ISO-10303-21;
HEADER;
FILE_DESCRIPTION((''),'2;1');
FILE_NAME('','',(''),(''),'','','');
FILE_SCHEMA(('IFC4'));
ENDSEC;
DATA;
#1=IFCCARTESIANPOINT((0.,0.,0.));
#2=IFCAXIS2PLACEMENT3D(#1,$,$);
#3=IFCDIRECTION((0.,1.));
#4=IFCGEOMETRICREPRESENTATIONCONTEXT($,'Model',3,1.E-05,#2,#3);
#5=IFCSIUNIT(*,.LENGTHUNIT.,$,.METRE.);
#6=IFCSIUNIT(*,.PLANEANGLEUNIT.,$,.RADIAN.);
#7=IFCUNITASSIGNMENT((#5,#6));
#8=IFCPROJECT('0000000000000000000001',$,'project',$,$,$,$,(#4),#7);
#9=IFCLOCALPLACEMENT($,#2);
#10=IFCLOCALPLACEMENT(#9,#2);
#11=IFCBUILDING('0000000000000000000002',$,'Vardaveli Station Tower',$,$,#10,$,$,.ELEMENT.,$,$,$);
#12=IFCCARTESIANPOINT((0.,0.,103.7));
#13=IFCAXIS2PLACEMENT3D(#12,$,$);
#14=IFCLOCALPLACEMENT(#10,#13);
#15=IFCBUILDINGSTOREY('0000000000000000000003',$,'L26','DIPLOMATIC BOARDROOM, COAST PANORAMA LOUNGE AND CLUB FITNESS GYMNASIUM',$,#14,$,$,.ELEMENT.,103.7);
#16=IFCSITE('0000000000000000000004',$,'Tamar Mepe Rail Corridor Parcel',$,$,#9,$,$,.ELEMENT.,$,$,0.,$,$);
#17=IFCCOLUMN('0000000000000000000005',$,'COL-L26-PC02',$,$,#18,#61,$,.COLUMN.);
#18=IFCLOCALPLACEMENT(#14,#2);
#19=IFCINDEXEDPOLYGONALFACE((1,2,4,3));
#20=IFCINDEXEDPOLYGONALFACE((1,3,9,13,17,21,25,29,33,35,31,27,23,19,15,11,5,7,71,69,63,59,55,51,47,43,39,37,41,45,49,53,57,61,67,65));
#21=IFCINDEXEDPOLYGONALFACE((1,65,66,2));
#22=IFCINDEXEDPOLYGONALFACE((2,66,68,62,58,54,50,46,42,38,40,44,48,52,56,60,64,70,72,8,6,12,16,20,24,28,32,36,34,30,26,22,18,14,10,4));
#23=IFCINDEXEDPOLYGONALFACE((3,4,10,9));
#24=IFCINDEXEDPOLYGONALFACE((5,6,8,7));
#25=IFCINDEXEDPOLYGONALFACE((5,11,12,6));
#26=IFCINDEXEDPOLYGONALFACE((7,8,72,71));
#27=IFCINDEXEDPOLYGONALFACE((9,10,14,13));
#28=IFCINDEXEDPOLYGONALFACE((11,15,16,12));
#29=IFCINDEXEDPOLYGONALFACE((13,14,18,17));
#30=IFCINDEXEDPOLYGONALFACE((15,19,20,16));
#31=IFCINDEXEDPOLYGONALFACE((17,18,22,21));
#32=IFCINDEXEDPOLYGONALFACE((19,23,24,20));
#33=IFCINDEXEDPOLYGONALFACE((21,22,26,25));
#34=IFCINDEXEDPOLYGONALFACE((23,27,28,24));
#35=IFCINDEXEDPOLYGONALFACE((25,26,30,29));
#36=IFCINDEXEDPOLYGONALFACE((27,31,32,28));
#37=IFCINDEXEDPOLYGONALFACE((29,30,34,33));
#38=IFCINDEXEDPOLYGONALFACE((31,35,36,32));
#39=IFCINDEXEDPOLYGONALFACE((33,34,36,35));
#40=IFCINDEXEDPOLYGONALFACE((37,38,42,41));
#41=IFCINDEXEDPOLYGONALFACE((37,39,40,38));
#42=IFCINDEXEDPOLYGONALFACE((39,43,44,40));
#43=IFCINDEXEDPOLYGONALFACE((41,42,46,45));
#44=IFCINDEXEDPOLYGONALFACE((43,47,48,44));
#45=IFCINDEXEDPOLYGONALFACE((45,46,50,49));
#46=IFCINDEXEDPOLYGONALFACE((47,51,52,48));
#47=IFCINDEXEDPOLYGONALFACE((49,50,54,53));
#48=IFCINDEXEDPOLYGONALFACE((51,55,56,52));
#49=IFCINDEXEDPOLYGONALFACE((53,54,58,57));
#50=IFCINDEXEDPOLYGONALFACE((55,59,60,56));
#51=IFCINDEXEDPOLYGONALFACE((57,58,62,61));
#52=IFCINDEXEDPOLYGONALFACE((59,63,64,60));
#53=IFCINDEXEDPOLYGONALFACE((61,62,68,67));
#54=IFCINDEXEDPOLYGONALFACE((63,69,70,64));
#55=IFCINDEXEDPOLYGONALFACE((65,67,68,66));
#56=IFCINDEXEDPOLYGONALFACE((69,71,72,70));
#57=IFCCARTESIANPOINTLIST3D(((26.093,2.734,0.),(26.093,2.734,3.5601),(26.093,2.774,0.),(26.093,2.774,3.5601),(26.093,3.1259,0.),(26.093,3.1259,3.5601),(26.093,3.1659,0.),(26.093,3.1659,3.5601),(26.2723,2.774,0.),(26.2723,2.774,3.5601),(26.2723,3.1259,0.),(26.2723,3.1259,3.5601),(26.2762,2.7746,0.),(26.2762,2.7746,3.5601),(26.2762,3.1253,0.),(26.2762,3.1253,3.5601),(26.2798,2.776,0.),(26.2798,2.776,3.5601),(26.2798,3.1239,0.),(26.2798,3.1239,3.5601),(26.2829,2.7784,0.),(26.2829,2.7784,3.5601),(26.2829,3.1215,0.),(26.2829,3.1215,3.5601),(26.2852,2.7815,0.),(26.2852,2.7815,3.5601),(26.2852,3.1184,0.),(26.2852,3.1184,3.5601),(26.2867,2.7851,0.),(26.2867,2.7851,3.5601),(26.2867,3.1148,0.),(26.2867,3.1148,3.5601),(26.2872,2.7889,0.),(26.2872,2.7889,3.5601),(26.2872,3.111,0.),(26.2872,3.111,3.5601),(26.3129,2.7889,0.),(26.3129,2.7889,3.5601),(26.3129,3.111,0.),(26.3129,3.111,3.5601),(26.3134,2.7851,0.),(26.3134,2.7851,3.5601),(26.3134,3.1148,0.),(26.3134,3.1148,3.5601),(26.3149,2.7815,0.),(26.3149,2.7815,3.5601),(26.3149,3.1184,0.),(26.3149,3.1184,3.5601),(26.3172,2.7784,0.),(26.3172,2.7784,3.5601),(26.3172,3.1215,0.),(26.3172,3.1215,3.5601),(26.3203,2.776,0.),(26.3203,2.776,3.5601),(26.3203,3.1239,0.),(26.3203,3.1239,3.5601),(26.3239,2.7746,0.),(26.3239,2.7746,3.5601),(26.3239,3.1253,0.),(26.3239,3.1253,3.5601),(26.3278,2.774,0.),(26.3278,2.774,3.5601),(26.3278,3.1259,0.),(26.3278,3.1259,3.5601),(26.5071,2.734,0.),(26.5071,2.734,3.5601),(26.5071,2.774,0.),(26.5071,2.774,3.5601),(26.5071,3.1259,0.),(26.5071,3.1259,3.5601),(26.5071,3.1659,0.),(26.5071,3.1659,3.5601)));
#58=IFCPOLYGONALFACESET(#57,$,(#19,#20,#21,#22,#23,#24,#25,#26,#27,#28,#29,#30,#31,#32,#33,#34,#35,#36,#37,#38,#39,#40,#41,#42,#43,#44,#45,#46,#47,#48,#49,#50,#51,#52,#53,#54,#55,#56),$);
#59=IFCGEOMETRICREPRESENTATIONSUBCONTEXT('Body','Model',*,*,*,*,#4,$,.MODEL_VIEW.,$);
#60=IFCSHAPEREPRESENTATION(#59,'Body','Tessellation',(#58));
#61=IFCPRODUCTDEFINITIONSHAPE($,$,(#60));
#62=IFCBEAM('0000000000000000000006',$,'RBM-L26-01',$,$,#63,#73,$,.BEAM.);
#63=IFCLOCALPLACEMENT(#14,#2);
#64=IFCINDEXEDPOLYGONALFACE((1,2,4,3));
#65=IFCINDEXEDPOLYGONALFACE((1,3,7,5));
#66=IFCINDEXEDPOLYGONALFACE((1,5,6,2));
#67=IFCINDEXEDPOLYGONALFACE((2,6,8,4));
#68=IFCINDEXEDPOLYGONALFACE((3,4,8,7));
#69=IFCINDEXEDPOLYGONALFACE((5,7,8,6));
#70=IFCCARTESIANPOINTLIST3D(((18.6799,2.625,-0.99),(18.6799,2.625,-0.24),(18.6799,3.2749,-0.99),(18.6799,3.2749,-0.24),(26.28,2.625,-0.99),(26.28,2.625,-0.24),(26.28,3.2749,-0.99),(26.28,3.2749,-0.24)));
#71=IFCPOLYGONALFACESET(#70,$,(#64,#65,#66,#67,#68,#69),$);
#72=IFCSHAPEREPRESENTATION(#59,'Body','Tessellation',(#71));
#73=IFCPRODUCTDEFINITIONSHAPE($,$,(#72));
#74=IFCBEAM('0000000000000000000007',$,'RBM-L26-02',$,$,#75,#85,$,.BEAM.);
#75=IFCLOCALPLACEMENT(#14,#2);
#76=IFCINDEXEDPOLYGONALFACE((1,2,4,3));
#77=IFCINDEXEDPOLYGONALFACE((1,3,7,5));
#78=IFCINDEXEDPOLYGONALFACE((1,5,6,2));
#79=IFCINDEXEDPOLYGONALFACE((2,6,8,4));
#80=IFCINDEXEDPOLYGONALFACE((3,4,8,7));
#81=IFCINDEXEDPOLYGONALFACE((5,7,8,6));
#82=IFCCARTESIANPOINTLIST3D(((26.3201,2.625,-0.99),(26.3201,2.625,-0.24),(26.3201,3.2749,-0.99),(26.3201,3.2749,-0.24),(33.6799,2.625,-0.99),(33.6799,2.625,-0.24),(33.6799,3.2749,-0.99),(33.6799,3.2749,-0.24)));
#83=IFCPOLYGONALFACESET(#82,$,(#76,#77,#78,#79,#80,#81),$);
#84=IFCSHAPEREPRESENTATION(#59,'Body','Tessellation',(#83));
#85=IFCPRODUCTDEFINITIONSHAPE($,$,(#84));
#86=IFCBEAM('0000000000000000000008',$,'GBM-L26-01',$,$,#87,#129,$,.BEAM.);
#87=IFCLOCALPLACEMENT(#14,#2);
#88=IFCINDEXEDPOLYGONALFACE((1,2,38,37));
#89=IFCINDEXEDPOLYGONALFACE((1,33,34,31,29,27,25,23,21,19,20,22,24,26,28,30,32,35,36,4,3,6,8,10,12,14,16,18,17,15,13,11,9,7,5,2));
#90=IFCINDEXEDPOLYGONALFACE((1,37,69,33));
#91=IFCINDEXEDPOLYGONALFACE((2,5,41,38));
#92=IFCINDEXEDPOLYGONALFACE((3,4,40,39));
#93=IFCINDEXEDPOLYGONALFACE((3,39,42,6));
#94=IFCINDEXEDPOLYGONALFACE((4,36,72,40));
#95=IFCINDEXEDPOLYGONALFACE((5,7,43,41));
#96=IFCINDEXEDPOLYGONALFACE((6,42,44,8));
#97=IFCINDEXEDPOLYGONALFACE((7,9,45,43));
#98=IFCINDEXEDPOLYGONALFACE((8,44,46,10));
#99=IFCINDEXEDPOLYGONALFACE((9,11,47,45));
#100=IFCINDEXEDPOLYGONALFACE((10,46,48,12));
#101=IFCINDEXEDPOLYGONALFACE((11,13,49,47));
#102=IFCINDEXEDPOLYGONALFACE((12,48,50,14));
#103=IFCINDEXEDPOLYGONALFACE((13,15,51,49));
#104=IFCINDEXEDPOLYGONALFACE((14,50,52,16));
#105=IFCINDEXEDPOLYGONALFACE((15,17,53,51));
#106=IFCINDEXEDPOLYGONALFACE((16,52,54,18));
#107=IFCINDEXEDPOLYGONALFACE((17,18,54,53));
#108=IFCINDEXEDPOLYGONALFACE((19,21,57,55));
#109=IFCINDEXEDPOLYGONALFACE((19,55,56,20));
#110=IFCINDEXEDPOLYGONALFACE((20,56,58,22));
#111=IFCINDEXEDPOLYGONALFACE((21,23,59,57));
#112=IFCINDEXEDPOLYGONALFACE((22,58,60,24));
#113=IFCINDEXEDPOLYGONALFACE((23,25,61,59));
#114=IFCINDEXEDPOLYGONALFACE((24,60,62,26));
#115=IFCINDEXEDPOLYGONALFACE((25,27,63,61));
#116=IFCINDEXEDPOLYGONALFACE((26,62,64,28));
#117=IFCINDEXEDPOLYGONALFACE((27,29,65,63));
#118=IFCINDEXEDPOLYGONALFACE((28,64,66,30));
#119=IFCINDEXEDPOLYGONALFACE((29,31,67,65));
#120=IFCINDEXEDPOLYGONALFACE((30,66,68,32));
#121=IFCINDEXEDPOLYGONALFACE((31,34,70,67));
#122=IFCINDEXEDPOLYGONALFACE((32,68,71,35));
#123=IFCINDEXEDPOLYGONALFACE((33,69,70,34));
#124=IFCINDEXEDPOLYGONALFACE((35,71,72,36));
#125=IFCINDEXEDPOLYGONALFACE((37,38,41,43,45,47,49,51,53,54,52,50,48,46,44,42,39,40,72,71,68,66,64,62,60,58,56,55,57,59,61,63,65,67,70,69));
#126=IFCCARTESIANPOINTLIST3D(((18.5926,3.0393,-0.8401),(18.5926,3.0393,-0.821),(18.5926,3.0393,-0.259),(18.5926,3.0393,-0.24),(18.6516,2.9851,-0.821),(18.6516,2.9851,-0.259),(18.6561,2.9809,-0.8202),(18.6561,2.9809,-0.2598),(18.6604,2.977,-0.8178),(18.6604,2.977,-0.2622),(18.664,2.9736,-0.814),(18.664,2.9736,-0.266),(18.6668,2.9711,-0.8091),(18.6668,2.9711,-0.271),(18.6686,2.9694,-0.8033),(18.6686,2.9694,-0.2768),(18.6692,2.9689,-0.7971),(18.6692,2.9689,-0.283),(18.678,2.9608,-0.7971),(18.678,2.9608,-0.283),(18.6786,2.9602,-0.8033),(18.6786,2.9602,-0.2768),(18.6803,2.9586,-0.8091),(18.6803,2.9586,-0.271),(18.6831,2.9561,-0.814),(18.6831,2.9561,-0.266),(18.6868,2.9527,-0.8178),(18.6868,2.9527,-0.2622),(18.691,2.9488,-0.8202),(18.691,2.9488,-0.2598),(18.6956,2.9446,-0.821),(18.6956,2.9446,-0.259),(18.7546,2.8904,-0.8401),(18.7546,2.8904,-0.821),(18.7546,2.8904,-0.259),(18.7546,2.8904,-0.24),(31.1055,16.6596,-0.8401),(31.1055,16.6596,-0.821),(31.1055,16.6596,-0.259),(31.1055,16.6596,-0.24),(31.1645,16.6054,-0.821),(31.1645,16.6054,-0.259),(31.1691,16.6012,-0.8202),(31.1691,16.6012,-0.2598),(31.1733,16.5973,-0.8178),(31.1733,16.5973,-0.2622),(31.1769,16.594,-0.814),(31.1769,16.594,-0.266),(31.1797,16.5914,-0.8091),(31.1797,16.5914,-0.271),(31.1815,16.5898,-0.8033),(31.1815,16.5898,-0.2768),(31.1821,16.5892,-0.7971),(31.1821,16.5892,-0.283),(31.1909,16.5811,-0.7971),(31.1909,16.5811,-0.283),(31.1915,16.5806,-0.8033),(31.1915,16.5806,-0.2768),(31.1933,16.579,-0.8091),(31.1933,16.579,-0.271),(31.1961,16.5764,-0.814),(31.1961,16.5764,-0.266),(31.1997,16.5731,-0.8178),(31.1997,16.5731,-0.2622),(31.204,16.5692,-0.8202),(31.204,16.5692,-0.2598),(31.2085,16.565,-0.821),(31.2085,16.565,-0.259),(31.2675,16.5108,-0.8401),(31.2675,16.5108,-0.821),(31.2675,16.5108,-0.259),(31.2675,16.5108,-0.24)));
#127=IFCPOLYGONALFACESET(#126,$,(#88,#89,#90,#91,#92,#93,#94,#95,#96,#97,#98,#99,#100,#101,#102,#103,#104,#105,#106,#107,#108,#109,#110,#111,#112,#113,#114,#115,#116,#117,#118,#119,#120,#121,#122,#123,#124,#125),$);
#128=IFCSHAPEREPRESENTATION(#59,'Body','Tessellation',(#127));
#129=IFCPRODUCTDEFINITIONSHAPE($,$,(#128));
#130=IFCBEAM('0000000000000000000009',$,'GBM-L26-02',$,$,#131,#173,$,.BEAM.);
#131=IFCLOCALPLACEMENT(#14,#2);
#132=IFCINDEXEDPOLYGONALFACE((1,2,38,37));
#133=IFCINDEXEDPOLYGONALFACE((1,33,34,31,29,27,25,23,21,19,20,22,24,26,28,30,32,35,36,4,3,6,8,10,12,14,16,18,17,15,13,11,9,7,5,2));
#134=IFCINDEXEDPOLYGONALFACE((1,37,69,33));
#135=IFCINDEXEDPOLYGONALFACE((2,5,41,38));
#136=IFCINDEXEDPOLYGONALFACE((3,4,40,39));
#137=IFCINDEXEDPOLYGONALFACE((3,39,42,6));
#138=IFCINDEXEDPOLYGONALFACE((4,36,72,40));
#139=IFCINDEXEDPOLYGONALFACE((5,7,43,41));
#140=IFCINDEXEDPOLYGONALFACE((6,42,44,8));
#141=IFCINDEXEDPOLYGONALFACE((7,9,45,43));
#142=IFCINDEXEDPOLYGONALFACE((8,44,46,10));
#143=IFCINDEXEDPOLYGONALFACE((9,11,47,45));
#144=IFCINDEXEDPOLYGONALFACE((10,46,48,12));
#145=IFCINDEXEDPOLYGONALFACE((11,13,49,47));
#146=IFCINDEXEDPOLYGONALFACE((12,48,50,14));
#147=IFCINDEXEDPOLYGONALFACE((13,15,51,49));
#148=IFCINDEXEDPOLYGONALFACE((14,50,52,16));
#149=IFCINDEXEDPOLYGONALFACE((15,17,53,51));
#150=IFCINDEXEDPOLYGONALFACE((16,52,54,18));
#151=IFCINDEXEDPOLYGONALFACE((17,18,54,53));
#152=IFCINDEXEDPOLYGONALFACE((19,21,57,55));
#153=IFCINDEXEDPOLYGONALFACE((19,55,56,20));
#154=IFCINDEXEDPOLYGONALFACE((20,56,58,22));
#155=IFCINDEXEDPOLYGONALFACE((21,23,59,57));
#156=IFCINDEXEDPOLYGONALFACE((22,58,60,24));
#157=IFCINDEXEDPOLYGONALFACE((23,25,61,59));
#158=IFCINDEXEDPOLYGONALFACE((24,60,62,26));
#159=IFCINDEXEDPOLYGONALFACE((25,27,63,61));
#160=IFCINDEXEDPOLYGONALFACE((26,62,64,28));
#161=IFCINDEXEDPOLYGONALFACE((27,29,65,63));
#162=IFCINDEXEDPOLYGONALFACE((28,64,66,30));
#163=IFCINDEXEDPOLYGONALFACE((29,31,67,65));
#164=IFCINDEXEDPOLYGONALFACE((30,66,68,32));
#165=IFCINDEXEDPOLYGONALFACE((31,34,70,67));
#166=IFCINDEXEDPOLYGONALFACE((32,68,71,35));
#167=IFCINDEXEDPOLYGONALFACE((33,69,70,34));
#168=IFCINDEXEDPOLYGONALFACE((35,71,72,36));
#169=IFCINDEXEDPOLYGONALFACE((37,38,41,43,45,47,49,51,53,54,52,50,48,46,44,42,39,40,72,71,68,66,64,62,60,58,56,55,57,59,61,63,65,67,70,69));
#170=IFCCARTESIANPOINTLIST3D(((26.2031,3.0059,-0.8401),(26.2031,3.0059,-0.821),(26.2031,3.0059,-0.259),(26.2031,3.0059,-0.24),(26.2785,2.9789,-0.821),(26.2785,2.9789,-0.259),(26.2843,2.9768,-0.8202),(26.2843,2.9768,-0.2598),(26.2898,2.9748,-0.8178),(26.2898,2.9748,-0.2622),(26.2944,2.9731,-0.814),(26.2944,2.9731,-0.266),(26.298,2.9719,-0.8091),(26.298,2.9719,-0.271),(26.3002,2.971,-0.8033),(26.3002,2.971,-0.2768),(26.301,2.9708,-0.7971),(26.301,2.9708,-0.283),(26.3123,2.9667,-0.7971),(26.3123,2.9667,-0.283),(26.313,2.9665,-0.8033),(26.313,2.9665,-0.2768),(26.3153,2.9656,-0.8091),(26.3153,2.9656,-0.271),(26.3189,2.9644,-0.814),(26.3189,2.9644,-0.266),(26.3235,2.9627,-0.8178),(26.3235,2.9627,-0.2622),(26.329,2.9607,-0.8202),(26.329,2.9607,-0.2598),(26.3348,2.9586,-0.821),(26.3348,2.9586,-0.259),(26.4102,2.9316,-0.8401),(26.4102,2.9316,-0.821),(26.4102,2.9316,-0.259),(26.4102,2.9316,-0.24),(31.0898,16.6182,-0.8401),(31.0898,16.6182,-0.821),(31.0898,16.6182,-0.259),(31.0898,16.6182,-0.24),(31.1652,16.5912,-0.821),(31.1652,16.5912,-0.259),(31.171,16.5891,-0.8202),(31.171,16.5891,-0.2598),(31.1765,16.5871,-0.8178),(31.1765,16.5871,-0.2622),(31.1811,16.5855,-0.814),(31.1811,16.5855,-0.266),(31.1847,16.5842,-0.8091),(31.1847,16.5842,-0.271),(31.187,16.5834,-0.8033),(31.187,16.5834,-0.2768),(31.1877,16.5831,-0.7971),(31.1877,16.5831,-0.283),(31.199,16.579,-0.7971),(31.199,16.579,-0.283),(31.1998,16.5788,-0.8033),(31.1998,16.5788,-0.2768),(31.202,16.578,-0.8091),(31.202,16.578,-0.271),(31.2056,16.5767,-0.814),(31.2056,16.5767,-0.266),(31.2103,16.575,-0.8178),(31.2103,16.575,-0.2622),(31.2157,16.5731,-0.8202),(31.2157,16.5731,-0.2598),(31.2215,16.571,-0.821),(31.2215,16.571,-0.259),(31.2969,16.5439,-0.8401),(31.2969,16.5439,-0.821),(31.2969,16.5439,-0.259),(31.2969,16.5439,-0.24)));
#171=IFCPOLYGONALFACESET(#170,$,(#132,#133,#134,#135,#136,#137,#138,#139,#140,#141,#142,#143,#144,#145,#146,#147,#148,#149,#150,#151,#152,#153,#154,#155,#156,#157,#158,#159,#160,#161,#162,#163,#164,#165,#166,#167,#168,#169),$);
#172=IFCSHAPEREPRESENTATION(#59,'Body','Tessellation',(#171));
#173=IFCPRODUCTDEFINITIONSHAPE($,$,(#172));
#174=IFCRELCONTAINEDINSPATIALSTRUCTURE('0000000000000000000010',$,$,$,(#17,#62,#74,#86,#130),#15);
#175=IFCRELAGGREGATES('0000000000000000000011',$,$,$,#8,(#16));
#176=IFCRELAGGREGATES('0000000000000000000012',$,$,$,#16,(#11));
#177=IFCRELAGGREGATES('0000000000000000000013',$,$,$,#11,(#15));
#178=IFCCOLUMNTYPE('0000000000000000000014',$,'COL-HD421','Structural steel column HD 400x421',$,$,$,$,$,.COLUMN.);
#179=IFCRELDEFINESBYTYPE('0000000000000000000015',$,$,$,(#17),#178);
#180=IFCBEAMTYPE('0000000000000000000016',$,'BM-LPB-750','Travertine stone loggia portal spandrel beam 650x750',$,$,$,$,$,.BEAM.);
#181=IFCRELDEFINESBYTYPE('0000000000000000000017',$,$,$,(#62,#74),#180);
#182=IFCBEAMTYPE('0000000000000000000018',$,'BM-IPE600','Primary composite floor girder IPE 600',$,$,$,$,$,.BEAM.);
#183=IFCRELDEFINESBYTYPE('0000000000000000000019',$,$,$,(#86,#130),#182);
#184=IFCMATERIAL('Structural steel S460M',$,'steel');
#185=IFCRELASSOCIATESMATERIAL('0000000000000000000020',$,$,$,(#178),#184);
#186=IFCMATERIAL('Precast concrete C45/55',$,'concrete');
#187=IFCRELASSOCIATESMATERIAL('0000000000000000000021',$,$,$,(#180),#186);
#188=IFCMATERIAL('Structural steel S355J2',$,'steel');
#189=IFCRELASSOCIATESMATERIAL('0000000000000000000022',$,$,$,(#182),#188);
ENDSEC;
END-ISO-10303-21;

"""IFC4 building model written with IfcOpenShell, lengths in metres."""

from ifc_helpers import new_model, si_unit, direction, frame, origin, origin_2d, place, context, subcontext, project, spatial, rectangle, i_section, extrude, source, transform, mapped, material, material_profile, profile_set, type_object, element, save


model = new_model("IFC4")

# Units and contexts
model_context = context("Model", 3, precision=1e-05, world=origin(), true_north=direction((0.0, 1.0)))
body_context = subcontext(model_context, "Body", "Model", "MODEL_VIEW")
ifc_project = project(units=[si_unit("LENGTHUNIT", "METRE"), si_unit("PLANEANGLEUNIT", "RADIAN")], contexts=[model_context])

# Site, building, storey
site_placement = place(None, origin())
site = spatial("IfcSite", under=ifc_project, at=site_placement, Name="Tamar Mepe Rail Corridor Parcel", CompositionType="ELEMENT", RefElevation=0.0)
building_placement = place(site_placement, origin())
building = spatial("IfcBuilding", under=site, at=building_placement, Name="Vardaveli Station Tower", CompositionType="ELEMENT")
storey_placement = place(building_placement, frame((0.0, 0.0, 103.7)))
storey = spatial("IfcBuildingStorey", under=building, at=storey_placement, Name="L26", Description="DIPLOMATIC BOARDROOM, COAST PANORAMA LOUNGE AND CLUB FITNESS GYMNASIUM", CompositionType="ELEMENT", Elevation=103.7)

# Column
ifc_material_1 = material(Name="Structural steel S460M", Category="steel")
ifc_material_profile_1 = material_profile(ifc_material_1, i_section(OverallWidth=0.4141, OverallDepth=0.4319, WebThickness=0.0256, FlangeThickness=0.04, FilletRadius=0.0149, at=origin_2d()), Name="HD 400x421")
ifc_profile_set_1 = profile_set([ifc_material_profile_1], Name="Structural steel S460M")
column_type = type_object("IfcColumnType", Name="COL-HD421", Description="Structural steel column HD 400x421", PredefinedType="COLUMN", material=ifc_profile_set_1)
shared_shape_1 = source(origin(), body_context, "Body", "SweptSolid", [
    extrude(i_section(OverallWidth=0.4141, OverallDepth=0.4319, WebThickness=0.0256, FlangeThickness=0.04, FilletRadius=0.0149, at=origin_2d()), origin(), (0.0, 0.0, 1.0), 3.5601),
])
column_placement = place(storey_placement, frame((26.3, 2.95, 0.0), z_axis=(0.0, 0.0, 1.0), x_axis=(1.0, 0.0, 0.0)))
element("IfcColumn", 1, at=column_placement, inside=storey, type_object=column_type, Name="COL-L26-PC02", PredefinedType="COLUMN", context=body_context, shape_type="MappedRepresentation", body=[
    mapped(shared_shape_1, transform((0.0, 0.0, 0.0), scale=1.0)),
])

# Beams
ifc_material_2 = material(Name="Precast concrete C45/55", Category="concrete")
ifc_material_profile_2 = material_profile(ifc_material_2, rectangle(XDim=0.6499, YDim=0.75, at=origin_2d()), Name="LPB 650x750")
ifc_profile_set_2 = profile_set([ifc_material_profile_2], Name="Precast concrete C45/55")
beam_type_1 = type_object("IfcBeamType", Name="BM-LPB-750", Description="Travertine stone loggia portal spandrel beam 650x750", PredefinedType="BEAM", material=ifc_profile_set_2)
shared_shape_2 = source(origin(), body_context, "Body", "SweptSolid", [
    extrude(rectangle(XDim=0.6499, YDim=0.75, at=origin_2d()), origin(), (0.0, 0.0, 1.0), 7.6001),
])
beam_1_placement = place(storey_placement, frame((18.6799, 2.95, -0.615), z_axis=(1.0, 0.0, 0.0), x_axis=(0.0, 1.0, 0.0)))
element("IfcBeam", 2, at=beam_1_placement, inside=storey, type_object=beam_type_1, Name="RBM-L26-01", PredefinedType="BEAM", context=body_context, shape_type="MappedRepresentation", body=[
    mapped(shared_shape_2, transform((0.0, 0.0, 0.0), scale=1.0)),
])
shared_shape_3 = source(origin(), body_context, "Body", "SweptSolid", [
    extrude(rectangle(XDim=0.6499, YDim=0.75, at=origin_2d()), origin(), (0.0, 0.0, 1.0), 7.3599),
])
beam_2_placement = place(storey_placement, frame((26.3201, 2.95, -0.615), z_axis=(1.0, 0.0, 0.0), x_axis=(0.0, 1.0, 0.0)))
element("IfcBeam", 3, at=beam_2_placement, inside=storey, type_object=beam_type_1, Name="RBM-L26-02", PredefinedType="BEAM", context=body_context, shape_type="MappedRepresentation", body=[
    mapped(shared_shape_3, transform((0.0, 0.0, 0.0), scale=1.0)),
])
ifc_material_3 = material(Name="Structural steel S355J2", Category="steel")
ifc_material_profile_3 = material_profile(ifc_material_3, i_section(OverallWidth=0.22, OverallDepth=0.6001, WebThickness=0.012, FlangeThickness=0.019, FilletRadius=0.0239, at=origin_2d()), Name="IPE 600")
ifc_profile_set_3 = profile_set([ifc_material_profile_3], Name="Structural steel S355J2")
beam_type_2 = type_object("IfcBeamType", Name="BM-IPE600", Description="Primary composite floor girder IPE 600", PredefinedType="BEAM", material=ifc_profile_set_3)
shared_shape_4 = source(origin(), body_context, "Body", "SweptSolid", [
    extrude(i_section(OverallWidth=0.22, OverallDepth=0.6001, WebThickness=0.012, FlangeThickness=0.019, FilletRadius=0.0239, at=origin_2d()), origin(), (0.0, 0.0, 1.0), 18.4956),
])
beam_3_placement = place(storey_placement, frame((18.6736, 2.9648, -0.54), z_axis=(0.676535, 0.73641, 0.0), x_axis=(-0.73641, 0.676535, 0.0)))
element("IfcBeam", 4, at=beam_3_placement, inside=storey, type_object=beam_type_2, Name="GBM-L26-01", PredefinedType="BEAM", context=body_context, shape_type="MappedRepresentation", body=[
    mapped(shared_shape_4, transform((0.0, 0.0, 0.0), scale=1.0)),
])
shared_shape_5 = source(origin(), body_context, "Body", "SweptSolid", [
    extrude(i_section(OverallWidth=0.22, OverallDepth=0.6001, WebThickness=0.012, FlangeThickness=0.019, FilletRadius=0.0239, at=origin_2d()), origin(), (0.0, 0.0, 1.0), 14.4629),
])
beam_4_placement = place(storey_placement, frame((26.3066, 2.9688, -0.54), z_axis=(0.33788, 0.941189, 0.0), x_axis=(-0.941189, 0.33788, 0.0)))
element("IfcBeam", 5, at=beam_4_placement, inside=storey, type_object=beam_type_2, Name="GBM-L26-02", PredefinedType="BEAM", context=body_context, shape_type="MappedRepresentation", body=[
    mapped(shared_shape_5, transform((0.0, 0.0, 0.0), scale=1.0)),
])

save(model, "model.ifc")
